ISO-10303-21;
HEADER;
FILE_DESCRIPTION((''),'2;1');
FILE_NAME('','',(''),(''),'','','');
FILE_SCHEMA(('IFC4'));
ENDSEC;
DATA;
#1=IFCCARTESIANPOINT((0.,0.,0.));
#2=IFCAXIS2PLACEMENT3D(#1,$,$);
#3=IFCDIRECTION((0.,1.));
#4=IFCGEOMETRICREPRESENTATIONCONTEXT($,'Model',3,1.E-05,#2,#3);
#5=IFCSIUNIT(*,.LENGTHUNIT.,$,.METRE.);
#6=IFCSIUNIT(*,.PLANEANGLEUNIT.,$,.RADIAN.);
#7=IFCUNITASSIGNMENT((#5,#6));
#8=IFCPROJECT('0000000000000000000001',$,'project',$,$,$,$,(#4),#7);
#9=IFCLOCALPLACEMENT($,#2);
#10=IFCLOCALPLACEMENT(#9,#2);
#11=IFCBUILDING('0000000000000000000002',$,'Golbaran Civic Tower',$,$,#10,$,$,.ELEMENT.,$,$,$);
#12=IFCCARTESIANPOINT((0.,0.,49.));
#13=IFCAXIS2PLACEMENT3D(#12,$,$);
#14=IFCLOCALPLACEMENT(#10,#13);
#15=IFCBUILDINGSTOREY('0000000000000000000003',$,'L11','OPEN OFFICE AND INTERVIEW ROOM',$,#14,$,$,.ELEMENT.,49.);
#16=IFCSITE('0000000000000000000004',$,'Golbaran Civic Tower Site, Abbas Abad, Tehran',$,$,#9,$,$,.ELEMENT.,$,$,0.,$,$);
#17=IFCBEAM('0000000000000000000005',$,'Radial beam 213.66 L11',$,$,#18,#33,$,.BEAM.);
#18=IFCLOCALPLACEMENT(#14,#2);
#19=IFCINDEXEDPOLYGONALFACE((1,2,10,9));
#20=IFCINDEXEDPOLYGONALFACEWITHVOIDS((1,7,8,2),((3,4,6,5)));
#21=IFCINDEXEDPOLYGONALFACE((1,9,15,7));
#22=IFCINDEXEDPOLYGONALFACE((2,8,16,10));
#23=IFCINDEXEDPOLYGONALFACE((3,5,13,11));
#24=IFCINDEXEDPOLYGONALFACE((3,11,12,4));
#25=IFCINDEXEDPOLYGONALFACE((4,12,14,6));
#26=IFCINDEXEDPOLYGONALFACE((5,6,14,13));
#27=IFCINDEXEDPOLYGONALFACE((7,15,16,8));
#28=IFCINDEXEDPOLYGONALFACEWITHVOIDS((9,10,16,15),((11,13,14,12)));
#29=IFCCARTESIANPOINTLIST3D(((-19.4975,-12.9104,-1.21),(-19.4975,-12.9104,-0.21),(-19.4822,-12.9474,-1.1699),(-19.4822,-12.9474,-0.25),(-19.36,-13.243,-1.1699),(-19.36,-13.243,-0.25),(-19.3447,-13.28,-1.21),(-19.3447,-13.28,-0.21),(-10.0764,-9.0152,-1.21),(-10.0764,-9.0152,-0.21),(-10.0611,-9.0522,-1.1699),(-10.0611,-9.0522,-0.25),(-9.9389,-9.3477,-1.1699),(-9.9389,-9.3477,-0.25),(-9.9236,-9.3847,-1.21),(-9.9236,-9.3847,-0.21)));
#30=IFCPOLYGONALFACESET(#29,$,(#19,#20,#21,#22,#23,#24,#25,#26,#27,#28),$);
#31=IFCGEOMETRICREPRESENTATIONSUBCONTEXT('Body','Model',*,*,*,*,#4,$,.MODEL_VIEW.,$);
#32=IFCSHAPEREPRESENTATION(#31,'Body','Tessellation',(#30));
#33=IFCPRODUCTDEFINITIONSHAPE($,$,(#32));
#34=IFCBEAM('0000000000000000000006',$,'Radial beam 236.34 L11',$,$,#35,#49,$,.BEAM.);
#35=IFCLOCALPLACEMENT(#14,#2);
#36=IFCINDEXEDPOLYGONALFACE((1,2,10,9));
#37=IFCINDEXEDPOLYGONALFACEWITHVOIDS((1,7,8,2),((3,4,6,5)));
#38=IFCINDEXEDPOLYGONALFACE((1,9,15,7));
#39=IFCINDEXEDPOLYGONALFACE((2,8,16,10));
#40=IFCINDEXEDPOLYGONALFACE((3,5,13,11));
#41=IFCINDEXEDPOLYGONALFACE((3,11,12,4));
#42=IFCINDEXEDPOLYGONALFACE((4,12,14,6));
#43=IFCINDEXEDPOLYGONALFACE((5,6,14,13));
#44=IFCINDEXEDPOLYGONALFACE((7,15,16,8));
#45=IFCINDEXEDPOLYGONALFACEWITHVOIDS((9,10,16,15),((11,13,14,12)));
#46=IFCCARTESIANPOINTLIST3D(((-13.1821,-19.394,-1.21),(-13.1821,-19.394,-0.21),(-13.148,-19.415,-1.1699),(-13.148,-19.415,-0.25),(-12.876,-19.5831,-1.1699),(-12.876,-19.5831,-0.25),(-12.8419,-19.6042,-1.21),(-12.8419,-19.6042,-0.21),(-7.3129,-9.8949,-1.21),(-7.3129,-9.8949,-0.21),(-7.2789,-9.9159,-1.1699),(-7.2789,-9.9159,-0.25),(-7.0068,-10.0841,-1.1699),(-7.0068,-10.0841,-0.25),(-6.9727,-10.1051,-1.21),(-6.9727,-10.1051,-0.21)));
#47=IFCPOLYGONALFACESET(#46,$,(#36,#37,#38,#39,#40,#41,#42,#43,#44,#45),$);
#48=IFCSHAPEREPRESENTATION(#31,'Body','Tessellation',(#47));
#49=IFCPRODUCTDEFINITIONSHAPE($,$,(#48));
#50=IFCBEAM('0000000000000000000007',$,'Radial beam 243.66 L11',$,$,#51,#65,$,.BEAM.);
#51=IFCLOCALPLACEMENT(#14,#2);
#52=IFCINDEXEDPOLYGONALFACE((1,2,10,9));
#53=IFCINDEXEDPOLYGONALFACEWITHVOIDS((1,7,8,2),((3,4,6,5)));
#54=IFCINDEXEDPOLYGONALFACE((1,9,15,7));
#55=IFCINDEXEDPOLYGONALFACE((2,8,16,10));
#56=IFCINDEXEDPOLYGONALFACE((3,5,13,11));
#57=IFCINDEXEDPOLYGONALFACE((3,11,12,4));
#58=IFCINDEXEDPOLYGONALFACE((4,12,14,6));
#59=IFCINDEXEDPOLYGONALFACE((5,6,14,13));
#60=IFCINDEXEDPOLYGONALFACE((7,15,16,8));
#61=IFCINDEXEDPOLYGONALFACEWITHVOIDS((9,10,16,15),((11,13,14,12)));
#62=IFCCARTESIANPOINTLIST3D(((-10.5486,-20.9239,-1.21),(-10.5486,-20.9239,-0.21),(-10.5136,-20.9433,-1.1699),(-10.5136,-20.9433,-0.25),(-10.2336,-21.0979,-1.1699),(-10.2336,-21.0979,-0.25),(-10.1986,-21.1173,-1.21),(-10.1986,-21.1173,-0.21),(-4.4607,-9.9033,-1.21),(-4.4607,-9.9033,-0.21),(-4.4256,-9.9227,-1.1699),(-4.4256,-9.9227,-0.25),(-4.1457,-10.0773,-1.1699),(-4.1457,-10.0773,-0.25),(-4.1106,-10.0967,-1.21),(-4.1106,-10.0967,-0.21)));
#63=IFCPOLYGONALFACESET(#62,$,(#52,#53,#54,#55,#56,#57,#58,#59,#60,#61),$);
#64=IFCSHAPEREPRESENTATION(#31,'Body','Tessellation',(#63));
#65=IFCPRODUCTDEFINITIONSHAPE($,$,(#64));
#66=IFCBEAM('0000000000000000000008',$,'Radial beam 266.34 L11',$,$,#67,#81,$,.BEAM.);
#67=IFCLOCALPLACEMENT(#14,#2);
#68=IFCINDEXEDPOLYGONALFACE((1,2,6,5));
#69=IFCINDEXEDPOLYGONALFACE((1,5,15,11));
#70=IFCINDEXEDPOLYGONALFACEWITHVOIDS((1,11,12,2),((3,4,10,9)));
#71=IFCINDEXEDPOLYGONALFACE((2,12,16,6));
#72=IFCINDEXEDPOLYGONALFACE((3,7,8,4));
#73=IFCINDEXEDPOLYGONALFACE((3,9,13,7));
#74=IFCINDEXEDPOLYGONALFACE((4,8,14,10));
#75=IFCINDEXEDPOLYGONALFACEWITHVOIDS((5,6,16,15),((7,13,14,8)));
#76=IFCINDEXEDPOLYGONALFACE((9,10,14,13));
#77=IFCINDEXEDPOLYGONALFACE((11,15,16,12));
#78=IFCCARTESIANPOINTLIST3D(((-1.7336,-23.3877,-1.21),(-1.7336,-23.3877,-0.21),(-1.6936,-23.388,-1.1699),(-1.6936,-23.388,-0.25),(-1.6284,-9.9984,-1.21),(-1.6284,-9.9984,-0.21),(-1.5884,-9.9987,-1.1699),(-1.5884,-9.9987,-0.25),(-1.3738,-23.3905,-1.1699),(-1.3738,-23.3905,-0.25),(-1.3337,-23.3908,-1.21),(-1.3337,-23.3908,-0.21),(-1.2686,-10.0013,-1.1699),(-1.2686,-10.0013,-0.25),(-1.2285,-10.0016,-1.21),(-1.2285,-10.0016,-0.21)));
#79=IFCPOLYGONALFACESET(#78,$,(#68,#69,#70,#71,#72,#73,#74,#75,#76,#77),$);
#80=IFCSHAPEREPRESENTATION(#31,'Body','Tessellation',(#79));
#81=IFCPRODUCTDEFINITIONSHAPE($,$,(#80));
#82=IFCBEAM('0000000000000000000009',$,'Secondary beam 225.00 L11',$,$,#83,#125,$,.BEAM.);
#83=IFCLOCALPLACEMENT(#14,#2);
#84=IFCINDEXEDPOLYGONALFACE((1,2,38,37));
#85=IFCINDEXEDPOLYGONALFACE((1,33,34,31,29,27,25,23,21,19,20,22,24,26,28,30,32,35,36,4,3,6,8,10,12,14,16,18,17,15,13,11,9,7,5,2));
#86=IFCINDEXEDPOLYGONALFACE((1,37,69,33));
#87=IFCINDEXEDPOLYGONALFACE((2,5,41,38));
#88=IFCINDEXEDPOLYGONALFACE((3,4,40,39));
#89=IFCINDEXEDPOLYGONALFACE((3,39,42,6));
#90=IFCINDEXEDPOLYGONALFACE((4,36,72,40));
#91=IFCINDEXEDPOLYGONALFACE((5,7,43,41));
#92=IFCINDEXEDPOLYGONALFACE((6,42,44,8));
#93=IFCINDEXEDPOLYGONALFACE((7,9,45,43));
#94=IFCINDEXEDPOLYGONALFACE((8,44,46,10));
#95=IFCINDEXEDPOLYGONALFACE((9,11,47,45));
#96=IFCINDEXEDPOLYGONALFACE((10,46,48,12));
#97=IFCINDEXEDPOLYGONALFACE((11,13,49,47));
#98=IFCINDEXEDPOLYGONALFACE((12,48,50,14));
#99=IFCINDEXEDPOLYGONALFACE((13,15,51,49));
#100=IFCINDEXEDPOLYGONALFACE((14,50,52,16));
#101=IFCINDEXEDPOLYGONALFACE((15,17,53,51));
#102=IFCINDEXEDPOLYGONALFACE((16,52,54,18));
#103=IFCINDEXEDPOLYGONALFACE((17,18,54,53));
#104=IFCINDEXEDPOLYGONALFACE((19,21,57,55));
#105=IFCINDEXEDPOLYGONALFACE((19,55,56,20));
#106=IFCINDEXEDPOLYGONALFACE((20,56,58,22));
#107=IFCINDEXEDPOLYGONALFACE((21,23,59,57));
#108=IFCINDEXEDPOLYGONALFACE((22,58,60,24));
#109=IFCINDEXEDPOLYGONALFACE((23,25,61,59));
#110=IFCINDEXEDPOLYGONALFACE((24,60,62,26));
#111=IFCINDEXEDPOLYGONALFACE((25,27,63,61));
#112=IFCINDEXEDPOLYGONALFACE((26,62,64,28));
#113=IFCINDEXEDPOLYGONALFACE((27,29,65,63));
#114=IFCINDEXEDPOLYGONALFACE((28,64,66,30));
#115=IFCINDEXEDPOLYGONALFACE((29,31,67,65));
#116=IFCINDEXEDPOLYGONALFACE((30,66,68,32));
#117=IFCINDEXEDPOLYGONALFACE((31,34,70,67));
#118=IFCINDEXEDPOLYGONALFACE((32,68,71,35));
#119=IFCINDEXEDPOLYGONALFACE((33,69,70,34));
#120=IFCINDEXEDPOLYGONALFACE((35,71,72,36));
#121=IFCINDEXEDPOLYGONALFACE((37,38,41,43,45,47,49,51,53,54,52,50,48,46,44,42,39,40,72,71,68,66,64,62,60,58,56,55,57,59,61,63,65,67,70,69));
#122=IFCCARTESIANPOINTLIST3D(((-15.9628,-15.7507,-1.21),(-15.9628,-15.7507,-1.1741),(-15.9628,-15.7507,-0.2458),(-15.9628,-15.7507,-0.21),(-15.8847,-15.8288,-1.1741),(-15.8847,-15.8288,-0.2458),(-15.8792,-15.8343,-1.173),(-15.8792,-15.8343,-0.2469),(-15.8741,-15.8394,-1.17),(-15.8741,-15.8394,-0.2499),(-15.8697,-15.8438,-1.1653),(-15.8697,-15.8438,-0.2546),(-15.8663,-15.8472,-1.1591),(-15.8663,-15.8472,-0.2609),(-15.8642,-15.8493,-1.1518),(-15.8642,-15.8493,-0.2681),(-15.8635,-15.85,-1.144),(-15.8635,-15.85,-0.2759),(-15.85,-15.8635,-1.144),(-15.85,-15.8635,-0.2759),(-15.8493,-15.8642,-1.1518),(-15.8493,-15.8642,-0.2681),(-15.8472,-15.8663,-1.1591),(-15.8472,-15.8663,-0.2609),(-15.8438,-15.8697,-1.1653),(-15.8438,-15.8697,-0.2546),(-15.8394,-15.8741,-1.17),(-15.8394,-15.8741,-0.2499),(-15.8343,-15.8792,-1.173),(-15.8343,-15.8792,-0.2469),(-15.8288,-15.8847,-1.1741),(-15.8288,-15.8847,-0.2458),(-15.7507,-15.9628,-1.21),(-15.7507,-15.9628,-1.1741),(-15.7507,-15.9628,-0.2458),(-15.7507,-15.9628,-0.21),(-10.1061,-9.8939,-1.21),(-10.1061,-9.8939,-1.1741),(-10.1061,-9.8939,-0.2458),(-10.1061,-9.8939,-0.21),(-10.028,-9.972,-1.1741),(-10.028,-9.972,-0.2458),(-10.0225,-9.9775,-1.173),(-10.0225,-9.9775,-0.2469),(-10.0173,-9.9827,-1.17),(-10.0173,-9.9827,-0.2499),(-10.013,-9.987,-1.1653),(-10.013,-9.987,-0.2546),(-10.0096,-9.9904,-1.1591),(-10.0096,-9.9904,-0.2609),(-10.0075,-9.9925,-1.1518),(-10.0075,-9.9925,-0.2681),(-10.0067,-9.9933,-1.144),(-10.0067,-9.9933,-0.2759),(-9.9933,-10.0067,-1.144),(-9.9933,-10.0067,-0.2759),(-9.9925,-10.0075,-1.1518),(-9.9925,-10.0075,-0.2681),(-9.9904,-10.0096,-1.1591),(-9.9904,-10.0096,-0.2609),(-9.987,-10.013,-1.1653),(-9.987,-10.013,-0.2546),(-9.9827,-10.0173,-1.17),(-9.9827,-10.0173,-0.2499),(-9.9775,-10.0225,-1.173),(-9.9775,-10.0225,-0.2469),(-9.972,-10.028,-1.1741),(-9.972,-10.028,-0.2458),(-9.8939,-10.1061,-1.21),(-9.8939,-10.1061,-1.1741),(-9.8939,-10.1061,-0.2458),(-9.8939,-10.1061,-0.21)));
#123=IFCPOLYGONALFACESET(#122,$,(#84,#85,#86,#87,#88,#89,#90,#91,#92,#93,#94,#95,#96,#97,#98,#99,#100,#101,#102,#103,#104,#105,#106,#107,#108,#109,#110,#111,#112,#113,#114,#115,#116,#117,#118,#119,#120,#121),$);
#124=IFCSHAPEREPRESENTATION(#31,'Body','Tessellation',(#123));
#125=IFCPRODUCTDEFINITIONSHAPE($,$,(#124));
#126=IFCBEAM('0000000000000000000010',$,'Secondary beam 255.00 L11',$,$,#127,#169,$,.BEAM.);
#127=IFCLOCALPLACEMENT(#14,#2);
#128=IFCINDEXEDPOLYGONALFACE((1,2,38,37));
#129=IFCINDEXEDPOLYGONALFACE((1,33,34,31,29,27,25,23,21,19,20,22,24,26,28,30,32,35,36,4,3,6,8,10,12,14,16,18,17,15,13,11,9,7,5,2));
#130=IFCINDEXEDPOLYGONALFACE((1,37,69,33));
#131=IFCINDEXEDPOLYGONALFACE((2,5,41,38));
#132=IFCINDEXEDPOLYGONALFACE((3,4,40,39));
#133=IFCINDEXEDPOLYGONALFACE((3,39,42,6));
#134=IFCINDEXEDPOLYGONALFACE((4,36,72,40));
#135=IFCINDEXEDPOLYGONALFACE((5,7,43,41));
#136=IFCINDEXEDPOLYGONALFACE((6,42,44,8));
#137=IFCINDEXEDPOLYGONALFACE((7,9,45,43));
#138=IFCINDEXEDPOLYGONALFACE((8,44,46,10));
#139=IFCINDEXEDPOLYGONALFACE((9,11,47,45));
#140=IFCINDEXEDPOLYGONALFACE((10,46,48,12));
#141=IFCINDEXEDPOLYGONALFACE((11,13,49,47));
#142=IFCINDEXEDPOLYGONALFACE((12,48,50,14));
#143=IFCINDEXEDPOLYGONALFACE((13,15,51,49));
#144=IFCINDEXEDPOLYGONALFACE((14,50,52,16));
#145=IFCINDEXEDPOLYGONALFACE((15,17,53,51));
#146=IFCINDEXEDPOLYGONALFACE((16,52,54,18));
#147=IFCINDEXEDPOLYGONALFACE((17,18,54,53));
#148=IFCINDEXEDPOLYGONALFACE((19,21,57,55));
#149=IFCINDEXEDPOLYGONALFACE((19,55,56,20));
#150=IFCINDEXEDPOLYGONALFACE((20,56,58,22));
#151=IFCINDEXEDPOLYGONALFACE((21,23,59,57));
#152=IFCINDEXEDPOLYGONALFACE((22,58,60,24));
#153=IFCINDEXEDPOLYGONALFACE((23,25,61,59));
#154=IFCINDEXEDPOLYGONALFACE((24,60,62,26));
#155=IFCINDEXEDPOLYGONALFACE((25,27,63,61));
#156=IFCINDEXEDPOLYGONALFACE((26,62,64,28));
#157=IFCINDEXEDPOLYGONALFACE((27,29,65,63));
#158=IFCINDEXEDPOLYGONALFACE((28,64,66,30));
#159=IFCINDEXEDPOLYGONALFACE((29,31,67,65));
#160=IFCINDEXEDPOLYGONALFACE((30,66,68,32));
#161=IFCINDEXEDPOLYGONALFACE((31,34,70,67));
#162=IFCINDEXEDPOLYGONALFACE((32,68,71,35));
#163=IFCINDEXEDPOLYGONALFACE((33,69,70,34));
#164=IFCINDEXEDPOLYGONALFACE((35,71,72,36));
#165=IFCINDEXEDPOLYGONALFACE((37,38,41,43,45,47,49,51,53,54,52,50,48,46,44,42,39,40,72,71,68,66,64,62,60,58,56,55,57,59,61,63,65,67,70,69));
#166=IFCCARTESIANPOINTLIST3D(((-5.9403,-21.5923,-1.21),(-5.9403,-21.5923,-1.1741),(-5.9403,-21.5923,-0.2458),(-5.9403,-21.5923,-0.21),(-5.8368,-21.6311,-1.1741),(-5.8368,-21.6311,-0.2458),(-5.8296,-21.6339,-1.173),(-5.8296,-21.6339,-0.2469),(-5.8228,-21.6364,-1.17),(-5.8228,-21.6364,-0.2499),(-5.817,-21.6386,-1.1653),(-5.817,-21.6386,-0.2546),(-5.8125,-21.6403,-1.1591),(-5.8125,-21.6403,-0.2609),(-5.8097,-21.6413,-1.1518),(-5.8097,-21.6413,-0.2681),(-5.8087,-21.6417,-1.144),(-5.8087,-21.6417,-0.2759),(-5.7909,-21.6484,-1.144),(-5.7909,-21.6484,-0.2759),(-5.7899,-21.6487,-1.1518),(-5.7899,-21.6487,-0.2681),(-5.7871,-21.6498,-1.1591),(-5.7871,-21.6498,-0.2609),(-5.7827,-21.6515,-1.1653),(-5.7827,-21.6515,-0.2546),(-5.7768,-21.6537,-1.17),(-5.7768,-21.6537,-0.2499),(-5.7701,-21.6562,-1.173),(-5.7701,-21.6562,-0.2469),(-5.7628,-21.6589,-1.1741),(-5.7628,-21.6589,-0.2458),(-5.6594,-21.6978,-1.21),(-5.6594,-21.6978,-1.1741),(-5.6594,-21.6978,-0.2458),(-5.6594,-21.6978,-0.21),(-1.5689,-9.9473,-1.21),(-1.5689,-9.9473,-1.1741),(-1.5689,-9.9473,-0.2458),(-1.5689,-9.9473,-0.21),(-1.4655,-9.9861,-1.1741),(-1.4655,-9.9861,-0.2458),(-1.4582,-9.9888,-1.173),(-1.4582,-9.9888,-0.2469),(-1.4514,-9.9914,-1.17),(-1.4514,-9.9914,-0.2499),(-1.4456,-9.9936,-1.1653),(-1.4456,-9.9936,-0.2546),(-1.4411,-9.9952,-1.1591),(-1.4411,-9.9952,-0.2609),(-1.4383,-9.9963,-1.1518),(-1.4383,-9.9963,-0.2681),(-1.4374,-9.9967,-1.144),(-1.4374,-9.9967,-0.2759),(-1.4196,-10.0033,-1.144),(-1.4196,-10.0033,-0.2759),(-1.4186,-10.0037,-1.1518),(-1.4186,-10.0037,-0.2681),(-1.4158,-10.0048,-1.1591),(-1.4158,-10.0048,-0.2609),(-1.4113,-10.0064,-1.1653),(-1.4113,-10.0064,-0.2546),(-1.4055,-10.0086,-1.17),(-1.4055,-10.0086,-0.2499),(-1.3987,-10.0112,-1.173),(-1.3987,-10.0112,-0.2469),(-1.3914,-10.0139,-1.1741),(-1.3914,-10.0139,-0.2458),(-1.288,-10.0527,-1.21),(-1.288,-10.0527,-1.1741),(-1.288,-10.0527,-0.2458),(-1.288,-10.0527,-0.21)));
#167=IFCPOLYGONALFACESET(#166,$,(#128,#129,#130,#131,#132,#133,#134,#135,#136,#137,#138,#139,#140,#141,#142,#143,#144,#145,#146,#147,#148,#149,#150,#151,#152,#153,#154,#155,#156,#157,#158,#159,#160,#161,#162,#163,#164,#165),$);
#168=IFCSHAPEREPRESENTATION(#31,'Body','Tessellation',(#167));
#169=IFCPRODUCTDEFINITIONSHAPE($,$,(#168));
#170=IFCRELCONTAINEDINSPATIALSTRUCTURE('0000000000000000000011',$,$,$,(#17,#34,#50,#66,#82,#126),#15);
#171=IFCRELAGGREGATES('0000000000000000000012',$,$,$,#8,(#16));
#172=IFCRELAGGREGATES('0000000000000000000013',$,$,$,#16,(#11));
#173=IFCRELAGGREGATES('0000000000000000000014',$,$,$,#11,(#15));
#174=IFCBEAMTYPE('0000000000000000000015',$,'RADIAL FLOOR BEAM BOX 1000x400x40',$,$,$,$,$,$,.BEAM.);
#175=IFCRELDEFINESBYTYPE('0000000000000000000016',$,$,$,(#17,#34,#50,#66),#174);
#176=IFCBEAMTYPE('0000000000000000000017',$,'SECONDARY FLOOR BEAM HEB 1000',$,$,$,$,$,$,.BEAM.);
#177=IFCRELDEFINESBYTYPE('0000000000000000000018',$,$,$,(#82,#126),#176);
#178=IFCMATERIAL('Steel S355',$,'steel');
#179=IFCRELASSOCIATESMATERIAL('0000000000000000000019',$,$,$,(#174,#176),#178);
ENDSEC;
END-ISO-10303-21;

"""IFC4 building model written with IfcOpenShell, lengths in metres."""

from ifc_helpers import new_model, si_unit, direction, frame, origin, origin_2d, place, context, subcontext, project, spatial, hollow_rectangle, i_section, extrude, material, material_profile, profile_set, type_object, element, save


model = new_model("IFC4")

# Units and contexts
model_context = context("Model", 3, precision=1e-05, world=origin(), true_north=direction((0.0, 1.0)))
body_context = subcontext(model_context, "Body", "Model", "MODEL_VIEW")
ifc_project = project(units=[si_unit("LENGTHUNIT", "METRE"), si_unit("PLANEANGLEUNIT", "RADIAN")], contexts=[model_context])

# Site, building, storey
site_placement = place(None, origin())
site = spatial("IfcSite", under=ifc_project, at=site_placement, Name="Golbaran Civic Tower Site, Abbas Abad, Tehran", CompositionType="ELEMENT", RefElevation=0.0)
building_placement = place(site_placement, origin())
building = spatial("IfcBuilding", under=site, at=building_placement, Name="Golbaran Civic Tower", CompositionType="ELEMENT")
storey_placement = place(building_placement, frame((0.0, 0.0, 49.0)))
storey = spatial("IfcBuildingStorey", under=building, at=storey_placement, Name="L11", Description="OPEN OFFICE AND INTERVIEW ROOM", CompositionType="ELEMENT", Elevation=49.0)

# Beams
ifc_material_1 = material(Name="Steel S355", Category="steel")
ifc_material_profile_1 = material_profile(ifc_material_1, hollow_rectangle(XDim=0.3999, YDim=1.0, WallThickness=0.04, at=origin_2d()), Name="BOX 1000x400x40")
ifc_profile_set_1 = profile_set([ifc_material_profile_1], Name="Steel S355")
beam_type_1 = type_object("IfcBeamType", Name="RADIAL FLOOR BEAM BOX 1000x400x40", PredefinedType="BEAM", material=ifc_profile_set_1)
beam_1_placement = place(storey_placement, frame((-10.0, -9.2, -0.71), z_axis=(-0.924126, -0.382089, 0.0), x_axis=(0.382089, -0.924126, 0.0)))
element("IfcBeam", 1, at=beam_1_placement, inside=storey, type_object=beam_type_1, Name="Radial beam 213.66 L11", PredefinedType="BEAM", context=body_context, shape_type="SweptSolid", body=[
    extrude(hollow_rectangle(XDim=0.3999, YDim=1.0, WallThickness=0.04, at=origin_2d()), origin(), (0.0, 0.0, 1.0), 10.1946),
])
beam_2_placement = place(storey_placement, frame((-7.1428, -10.0, -0.71), z_axis=(-0.525629, -0.850714, 0.0), x_axis=(0.850714, -0.525629, 0.0)))
element("IfcBeam", 2, at=beam_2_placement, inside=storey, type_object=beam_type_1, Name="Radial beam 236.34 L11", PredefinedType="BEAM", context=body_context, shape_type="SweptSolid", body=[
    extrude(hollow_rectangle(XDim=0.3999, YDim=1.0, WallThickness=0.04, at=origin_2d()), origin(), (0.0, 0.0, 1.0), 11.166),
])
beam_3_placement = place(storey_placement, frame((-4.2856, -10.0, -0.71), z_axis=(-0.483541, -0.875322, 0.0), x_axis=(0.875322, -0.483541, 0.0)))
element("IfcBeam", 3, at=beam_3_placement, inside=storey, type_object=beam_type_1, Name="Radial beam 243.66 L11", PredefinedType="BEAM", context=body_context, shape_type="SweptSolid", body=[
    extrude(hollow_rectangle(XDim=0.3999, YDim=1.0, WallThickness=0.04, at=origin_2d()), origin(), (0.0, 0.0, 1.0), 12.5903),
])
beam_4_placement = place(storey_placement, frame((-1.4285, -10.0, -0.71), z_axis=(-0.007859, -0.999969, 0.0), x_axis=(0.999969, -0.007859, 0.0)))
element("IfcBeam", 4, at=beam_4_placement, inside=storey, type_object=beam_type_1, Name="Radial beam 266.34 L11", PredefinedType="BEAM", context=body_context, shape_type="SweptSolid", body=[
    extrude(hollow_rectangle(XDim=0.3999, YDim=1.0, WallThickness=0.04, at=origin_2d()), origin(), (0.0, 0.0, 1.0), 13.3896),
])
ifc_material_profile_2 = material_profile(ifc_material_1, i_section(OverallWidth=0.3, OverallDepth=1.0, WebThickness=0.019, FlangeThickness=0.0359, FilletRadius=0.03, at=origin_2d()), Name="HEB 1000")
ifc_profile_set_2 = profile_set([ifc_material_profile_2], Name="Steel S355")
beam_type_2 = type_object("IfcBeamType", Name="SECONDARY FLOOR BEAM HEB 1000", PredefinedType="BEAM", material=ifc_profile_set_2)
beam_5_placement = place(storey_placement, frame((-10.0, -10.0, -0.71), z_axis=(-0.707107, -0.707107, 0.0), x_axis=(0.707107, -0.707107, 0.0)))
element("IfcBeam", 5, at=beam_5_placement, inside=storey, type_object=beam_type_2, Name="Secondary beam 225.00 L11", PredefinedType="BEAM", context=body_context, shape_type="SweptSolid", body=[
    extrude(i_section(OverallWidth=0.3, OverallDepth=1.0, WebThickness=0.019, FlangeThickness=0.0359, FilletRadius=0.03, at=origin_2d()), origin(), (0.0, 0.0, 1.0), 8.2827),
])
beam_6_placement = place(storey_placement, frame((-1.4285, -10.0, -0.71), z_axis=(-0.351437, -0.936211, 0.0), x_axis=(0.936211, -0.351437, 0.0)))
element("IfcBeam", 6, at=beam_6_placement, inside=storey, type_object=beam_type_2, Name="Secondary beam 255.00 L11", PredefinedType="BEAM", context=body_context, shape_type="SweptSolid", body=[
    extrude(i_section(OverallWidth=0.3, OverallDepth=1.0, WebThickness=0.019, FlangeThickness=0.0359, FilletRadius=0.03, at=origin_2d()), origin(), (0.0, 0.0, 1.0), 12.4385),
])

save(model, "model.ifc")
